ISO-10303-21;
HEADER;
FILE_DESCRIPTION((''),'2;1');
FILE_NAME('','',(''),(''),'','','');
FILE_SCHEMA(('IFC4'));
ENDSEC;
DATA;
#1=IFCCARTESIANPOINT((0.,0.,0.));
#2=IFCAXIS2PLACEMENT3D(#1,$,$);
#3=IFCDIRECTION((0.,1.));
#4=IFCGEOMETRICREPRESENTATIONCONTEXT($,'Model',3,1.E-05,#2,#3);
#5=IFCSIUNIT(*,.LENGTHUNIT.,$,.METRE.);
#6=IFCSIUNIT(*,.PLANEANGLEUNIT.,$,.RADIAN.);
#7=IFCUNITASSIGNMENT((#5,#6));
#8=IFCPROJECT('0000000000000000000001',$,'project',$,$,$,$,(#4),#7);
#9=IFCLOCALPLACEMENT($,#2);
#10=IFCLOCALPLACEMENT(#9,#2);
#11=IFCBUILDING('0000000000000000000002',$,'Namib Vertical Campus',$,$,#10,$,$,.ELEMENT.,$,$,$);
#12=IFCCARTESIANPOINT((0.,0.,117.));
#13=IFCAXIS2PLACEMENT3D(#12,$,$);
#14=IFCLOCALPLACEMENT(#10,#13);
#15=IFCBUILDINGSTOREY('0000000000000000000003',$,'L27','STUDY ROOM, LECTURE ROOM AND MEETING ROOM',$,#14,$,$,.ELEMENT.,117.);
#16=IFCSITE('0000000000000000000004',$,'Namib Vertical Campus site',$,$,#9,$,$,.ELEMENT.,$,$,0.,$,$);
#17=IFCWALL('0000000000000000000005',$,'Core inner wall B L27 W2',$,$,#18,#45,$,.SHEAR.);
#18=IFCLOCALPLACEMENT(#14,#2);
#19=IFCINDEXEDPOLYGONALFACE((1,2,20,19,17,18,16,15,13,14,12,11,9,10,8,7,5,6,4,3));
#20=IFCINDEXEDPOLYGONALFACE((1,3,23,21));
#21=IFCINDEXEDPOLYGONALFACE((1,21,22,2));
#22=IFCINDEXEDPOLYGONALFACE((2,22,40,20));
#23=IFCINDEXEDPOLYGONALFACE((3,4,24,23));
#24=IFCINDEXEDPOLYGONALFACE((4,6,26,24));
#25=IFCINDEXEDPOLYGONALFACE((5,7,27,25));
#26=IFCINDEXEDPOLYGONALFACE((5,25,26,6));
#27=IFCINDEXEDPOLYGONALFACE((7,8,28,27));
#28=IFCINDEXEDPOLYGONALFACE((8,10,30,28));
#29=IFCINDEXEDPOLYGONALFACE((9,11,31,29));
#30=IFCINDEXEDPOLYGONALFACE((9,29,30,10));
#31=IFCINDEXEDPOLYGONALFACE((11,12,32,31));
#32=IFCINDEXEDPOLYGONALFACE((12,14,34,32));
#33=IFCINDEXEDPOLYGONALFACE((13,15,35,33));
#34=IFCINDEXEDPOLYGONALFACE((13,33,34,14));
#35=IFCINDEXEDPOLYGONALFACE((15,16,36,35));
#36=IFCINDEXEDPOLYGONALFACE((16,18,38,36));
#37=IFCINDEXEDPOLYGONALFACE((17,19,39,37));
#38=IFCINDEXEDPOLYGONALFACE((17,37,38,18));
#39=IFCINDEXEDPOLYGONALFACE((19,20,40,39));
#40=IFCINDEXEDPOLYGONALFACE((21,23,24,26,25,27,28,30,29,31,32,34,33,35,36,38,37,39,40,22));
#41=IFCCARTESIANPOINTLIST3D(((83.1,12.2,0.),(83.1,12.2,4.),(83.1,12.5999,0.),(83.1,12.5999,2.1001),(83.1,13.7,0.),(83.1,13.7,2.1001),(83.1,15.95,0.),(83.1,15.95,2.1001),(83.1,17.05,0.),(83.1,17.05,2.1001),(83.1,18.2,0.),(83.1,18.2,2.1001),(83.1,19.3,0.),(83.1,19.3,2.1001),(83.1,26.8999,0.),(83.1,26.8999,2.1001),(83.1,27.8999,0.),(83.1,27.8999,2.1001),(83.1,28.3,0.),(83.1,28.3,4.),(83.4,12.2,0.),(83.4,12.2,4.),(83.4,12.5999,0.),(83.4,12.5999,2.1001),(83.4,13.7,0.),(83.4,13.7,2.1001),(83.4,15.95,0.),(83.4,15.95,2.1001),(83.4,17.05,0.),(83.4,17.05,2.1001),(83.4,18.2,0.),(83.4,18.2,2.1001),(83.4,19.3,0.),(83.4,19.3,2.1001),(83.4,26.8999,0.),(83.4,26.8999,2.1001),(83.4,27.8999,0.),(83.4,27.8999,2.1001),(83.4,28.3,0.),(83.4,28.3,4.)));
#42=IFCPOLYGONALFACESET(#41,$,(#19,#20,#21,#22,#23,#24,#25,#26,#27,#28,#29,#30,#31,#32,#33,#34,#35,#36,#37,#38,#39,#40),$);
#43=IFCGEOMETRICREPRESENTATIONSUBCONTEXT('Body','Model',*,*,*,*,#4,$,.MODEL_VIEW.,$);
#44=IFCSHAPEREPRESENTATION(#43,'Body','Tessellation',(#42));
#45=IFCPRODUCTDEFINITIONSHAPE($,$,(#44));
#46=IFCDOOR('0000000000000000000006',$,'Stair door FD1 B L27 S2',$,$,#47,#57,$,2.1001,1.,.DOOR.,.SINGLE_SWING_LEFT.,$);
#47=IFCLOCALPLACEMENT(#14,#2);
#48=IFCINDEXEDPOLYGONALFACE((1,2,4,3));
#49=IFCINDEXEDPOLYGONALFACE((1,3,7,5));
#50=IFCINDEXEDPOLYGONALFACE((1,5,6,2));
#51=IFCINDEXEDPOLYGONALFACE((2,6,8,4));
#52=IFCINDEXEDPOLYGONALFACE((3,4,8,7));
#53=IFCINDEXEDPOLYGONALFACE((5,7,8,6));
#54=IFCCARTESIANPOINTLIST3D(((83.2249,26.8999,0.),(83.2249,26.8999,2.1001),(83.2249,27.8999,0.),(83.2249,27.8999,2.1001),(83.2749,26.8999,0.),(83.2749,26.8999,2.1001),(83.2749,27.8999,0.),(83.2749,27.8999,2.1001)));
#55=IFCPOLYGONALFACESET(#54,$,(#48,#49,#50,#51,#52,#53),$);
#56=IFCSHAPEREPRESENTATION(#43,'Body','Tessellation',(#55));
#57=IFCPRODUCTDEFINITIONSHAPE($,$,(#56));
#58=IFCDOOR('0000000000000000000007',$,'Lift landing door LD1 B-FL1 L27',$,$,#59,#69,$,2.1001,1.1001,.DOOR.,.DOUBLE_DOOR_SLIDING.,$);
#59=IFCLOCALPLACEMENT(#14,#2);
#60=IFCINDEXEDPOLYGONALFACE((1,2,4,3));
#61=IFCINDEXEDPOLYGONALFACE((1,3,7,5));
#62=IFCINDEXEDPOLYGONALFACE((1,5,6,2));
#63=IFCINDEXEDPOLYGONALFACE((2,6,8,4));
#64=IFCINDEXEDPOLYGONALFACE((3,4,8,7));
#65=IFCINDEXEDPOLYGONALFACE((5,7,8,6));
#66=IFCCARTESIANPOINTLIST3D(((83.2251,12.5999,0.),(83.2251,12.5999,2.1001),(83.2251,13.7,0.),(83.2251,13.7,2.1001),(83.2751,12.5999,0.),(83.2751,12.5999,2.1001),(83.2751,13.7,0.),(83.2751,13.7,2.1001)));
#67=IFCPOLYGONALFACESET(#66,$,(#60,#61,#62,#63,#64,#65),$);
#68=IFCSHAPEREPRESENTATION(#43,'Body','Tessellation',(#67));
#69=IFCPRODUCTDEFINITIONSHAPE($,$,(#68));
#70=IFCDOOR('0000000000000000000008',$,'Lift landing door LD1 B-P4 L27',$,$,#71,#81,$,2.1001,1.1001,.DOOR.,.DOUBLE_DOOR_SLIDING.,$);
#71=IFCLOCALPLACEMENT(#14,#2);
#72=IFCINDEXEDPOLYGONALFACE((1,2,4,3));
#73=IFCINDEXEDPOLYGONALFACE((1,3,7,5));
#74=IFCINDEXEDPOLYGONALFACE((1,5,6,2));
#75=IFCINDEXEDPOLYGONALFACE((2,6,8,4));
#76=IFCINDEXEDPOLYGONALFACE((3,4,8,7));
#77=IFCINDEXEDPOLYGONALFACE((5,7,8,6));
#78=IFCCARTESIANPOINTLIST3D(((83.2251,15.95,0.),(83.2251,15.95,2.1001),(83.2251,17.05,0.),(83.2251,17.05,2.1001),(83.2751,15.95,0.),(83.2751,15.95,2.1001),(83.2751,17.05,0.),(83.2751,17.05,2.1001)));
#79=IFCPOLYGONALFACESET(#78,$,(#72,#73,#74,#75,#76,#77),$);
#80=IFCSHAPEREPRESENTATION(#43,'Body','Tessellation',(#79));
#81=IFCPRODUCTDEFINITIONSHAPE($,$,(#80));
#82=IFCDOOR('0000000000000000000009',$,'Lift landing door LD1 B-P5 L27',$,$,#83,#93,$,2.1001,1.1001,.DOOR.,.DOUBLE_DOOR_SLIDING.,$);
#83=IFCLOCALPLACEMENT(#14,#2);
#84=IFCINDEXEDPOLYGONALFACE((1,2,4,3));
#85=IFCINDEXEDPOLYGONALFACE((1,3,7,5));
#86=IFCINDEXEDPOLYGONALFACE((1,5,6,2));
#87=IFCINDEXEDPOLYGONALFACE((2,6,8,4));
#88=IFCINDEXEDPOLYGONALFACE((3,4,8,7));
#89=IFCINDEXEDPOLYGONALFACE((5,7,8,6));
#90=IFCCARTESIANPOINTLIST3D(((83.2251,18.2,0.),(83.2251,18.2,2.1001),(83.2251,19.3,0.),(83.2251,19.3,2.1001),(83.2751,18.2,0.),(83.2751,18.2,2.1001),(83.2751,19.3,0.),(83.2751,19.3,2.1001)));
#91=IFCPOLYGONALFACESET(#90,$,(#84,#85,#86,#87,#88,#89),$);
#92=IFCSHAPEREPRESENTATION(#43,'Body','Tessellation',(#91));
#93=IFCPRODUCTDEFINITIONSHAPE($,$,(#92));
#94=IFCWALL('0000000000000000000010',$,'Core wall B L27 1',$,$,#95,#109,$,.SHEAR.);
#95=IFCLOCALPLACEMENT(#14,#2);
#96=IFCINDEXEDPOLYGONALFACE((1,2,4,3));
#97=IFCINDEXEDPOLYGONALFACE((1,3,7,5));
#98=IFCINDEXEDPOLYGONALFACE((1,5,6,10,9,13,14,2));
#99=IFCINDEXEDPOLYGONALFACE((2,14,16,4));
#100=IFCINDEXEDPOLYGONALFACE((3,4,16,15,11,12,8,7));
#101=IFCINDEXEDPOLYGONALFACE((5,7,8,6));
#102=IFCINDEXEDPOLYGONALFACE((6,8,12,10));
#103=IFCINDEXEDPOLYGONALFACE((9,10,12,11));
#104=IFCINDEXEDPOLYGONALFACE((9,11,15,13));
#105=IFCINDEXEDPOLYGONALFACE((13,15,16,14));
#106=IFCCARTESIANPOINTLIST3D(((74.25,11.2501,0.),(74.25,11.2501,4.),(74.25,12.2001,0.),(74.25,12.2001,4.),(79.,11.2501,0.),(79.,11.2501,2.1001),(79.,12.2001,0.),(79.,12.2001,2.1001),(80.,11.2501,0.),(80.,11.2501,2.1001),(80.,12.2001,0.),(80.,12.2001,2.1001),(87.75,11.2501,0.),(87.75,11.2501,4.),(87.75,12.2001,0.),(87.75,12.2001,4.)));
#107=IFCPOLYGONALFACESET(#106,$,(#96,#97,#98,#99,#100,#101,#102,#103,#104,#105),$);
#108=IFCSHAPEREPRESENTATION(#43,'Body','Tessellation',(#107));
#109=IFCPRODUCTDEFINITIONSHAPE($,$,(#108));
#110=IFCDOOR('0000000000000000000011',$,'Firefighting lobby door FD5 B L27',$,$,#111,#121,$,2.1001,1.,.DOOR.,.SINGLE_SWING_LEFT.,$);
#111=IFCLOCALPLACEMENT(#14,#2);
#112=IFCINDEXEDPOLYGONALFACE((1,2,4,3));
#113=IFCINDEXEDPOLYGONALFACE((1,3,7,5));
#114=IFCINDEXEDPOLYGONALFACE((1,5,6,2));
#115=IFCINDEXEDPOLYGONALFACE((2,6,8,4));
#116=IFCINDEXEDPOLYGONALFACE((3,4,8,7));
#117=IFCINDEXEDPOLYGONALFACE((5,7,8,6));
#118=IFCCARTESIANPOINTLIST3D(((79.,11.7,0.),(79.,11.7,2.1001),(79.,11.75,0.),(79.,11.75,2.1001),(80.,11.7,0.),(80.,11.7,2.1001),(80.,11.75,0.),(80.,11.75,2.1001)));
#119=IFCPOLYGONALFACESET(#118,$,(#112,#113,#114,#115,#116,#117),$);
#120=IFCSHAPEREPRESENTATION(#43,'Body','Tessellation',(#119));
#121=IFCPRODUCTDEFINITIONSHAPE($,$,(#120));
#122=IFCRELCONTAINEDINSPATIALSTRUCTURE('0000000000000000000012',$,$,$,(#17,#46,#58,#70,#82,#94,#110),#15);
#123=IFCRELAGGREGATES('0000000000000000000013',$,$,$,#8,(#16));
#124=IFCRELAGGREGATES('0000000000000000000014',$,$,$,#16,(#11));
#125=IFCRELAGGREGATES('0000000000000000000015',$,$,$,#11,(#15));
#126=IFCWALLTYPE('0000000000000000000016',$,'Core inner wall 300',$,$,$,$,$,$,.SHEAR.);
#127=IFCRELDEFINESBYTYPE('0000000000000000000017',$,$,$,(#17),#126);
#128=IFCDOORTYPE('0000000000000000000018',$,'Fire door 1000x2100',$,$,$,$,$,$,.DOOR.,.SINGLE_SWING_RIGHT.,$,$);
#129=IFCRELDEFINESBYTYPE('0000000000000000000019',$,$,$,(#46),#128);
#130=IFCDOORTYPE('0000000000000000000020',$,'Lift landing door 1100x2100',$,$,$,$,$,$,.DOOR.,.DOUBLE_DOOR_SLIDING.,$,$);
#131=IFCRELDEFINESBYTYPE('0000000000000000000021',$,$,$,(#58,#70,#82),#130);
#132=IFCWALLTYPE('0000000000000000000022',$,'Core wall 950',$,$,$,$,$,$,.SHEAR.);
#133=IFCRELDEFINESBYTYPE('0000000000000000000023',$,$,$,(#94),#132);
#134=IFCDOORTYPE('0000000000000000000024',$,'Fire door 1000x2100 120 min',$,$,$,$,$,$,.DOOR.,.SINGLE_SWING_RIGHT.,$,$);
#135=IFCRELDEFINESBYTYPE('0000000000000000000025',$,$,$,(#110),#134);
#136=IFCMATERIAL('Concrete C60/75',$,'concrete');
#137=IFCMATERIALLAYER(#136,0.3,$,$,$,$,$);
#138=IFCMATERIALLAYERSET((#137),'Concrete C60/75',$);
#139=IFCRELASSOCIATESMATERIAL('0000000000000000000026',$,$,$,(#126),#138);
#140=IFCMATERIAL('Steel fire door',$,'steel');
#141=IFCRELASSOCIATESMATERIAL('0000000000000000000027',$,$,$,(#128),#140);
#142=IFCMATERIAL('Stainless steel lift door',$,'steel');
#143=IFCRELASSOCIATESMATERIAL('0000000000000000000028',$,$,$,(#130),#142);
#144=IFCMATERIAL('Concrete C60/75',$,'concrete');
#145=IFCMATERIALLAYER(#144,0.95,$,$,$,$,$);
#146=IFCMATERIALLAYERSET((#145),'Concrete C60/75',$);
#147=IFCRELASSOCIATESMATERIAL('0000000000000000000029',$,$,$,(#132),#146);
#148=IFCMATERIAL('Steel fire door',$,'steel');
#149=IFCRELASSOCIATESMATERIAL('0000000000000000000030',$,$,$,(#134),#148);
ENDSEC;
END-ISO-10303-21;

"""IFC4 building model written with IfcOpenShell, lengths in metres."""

from ifc_helpers import new_model, si_unit, direction, frame, frame_2d, origin, place, context, subcontext, project, spatial, rectangle, extrude, material, layer, layer_set, type_object, element, fill, save


model = new_model("IFC4")

# Units and contexts
model_context = context("Model", 3, precision=1e-05, world=origin(), true_north=direction((0.0, 1.0)))
body_context = subcontext(model_context, "Body", "Model", "MODEL_VIEW")
ifc_project = project(units=[si_unit("LENGTHUNIT", "METRE"), si_unit("PLANEANGLEUNIT", "RADIAN")], contexts=[model_context])

# Site, building, storey
site_placement = place(None, origin())
site = spatial("IfcSite", under=ifc_project, at=site_placement, Name="Namib Vertical Campus site", CompositionType="ELEMENT", RefElevation=0.0)
building_placement = place(site_placement, origin())
building = spatial("IfcBuilding", under=site, at=building_placement, Name="Namib Vertical Campus", CompositionType="ELEMENT")
storey_placement = place(building_placement, frame((0.0, 0.0, 117.0)))
storey = spatial("IfcBuildingStorey", under=building, at=storey_placement, Name="L27", Description="STUDY ROOM, LECTURE ROOM AND MEETING ROOM", CompositionType="ELEMENT", Elevation=117.0)

# Wall, openings, doors
ifc_material_1 = material(Name="Concrete C60/75", Category="concrete")
ifc_layer_1 = layer(ifc_material_1, 0.3)
ifc_layer_set_1 = layer_set([ifc_layer_1], Name="Concrete C60/75")
wall_type_1 = type_object("IfcWallType", Name="Core inner wall 300", PredefinedType="SHEAR", material=ifc_layer_set_1)
ifc_material_2 = material(Name="Steel fire door", Category="steel")
door_type_1 = type_object("IfcDoorType", Name="Fire door 1000x2100", OperationType="SINGLE_SWING_RIGHT", PredefinedType="DOOR", material=ifc_material_2)
ifc_material_3 = material(Name="Stainless steel lift door", Category="steel")
door_type_2 = type_object("IfcDoorType", Name="Lift landing door 1100x2100", OperationType="DOUBLE_DOOR_SLIDING", PredefinedType="DOOR", material=ifc_material_3)
wall_1_placement = place(storey_placement, frame((83.25, 12.2, 0.0), z_axis=(0.0, 0.0, 1.0), x_axis=(0.0, 1.0, 0.0)))
wall_1 = element("IfcWall", 1, at=wall_1_placement, inside=storey, type_object=wall_type_1, Name="Core inner wall B L27 W2", PredefinedType="SHEAR", context=body_context, shape_type="SweptSolid", body=[
    extrude(rectangle(XDim=16.1001, YDim=0.3, at=frame_2d((8.05, 0.0))), origin(), (0.0, 0.0, 1.0), 4.0),
])
opening_1_placement = place(wall_1_placement, frame((14.7, 0.0, 0.0)))
opening_1 = element("IfcOpeningElement", 2, at=opening_1_placement, cuts=wall_1, PredefinedType="OPENING", context=body_context, shape_type="SweptSolid", body=[
    extrude(rectangle(XDim=1.0, YDim=2.1001, at=frame_2d((0.5, 1.05))), frame((0.0, 0.1599, 0.0), z_axis=(0.0, -1.0, 0.0), x_axis=(1.0, 0.0, 0.0)), (0.0, 0.0, 1.0), 0.3201),
])
opening_2_placement = place(wall_1_placement, frame((0.3999, 0.0, 0.0)))
opening_2 = element("IfcOpeningElement", 3, at=opening_2_placement, cuts=wall_1, PredefinedType="OPENING", context=body_context, shape_type="SweptSolid", body=[
    extrude(rectangle(XDim=1.1001, YDim=2.1001, at=frame_2d((0.55, 1.05))), frame((0.0, 0.1599, 0.0), z_axis=(0.0, -1.0, 0.0), x_axis=(1.0, 0.0, 0.0)), (0.0, 0.0, 1.0), 0.3201),
])
opening_3_placement = place(wall_1_placement, frame((3.75, 0.0, 0.0)))
opening_3 = element("IfcOpeningElement", 4, at=opening_3_placement, cuts=wall_1, PredefinedType="OPENING", context=body_context, shape_type="SweptSolid", body=[
    extrude(rectangle(XDim=1.1001, YDim=2.1001, at=frame_2d((0.55, 1.05))), frame((0.0, 0.1599, 0.0), z_axis=(0.0, -1.0, 0.0), x_axis=(1.0, 0.0, 0.0)), (0.0, 0.0, 1.0), 0.3201),
])
opening_4_placement = place(wall_1_placement, frame((6.0, 0.0, 0.0)))
opening_4 = element("IfcOpeningElement", 5, at=opening_4_placement, cuts=wall_1, PredefinedType="OPENING", context=body_context, shape_type="SweptSolid", body=[
    extrude(rectangle(XDim=1.1001, YDim=2.1001, at=frame_2d((0.55, 1.05))), frame((0.0, 0.1599, 0.0), z_axis=(0.0, -1.0, 0.0), x_axis=(1.0, 0.0, 0.0)), (0.0, 0.0, 1.0), 0.3201),
])
door_1_placement = place(opening_1_placement, frame((1.0, 0.0, 0.0), z_axis=(0.0, 0.0, 1.0), x_axis=(-1.0, 0.0, 0.0)))
door_1 = element("IfcDoor", 6, at=door_1_placement, inside=storey, type_object=door_type_1, Name="Stair door FD1 B L27 S2", OperationType="SINGLE_SWING_LEFT", OverallHeight=2.1001, OverallWidth=1.0, PredefinedType="DOOR", context=body_context, shape_type="SweptSolid", body=[
    extrude(rectangle(XDim=1.0, YDim=2.1001, at=frame_2d((0.5, 1.05))), frame((0.0, 0.0249, 0.0), z_axis=(0.0, -1.0, 0.0), x_axis=(1.0, 0.0, 0.0)), (0.0, 0.0, 1.0), 0.05),
])
fill(opening_1, door_1)
door_2_placement = place(opening_2_placement, origin())
door_2 = element("IfcDoor", 7, at=door_2_placement, inside=storey, type_object=door_type_2, Name="Lift landing door LD1 B-FL1 L27", OperationType="DOUBLE_DOOR_SLIDING", OverallHeight=2.1001, OverallWidth=1.1001, PredefinedType="DOOR", context=body_context, shape_type="SweptSolid", body=[
    extrude(rectangle(XDim=1.1001, YDim=2.1001, at=frame_2d((0.55, 1.05))), frame((0.0, 0.0249, 0.0), z_axis=(0.0, -1.0, 0.0), x_axis=(1.0, 0.0, 0.0)), (0.0, 0.0, 1.0), 0.05),
])
fill(opening_2, door_2)
door_3_placement = place(opening_3_placement, origin())
door_3 = element("IfcDoor", 8, at=door_3_placement, inside=storey, type_object=door_type_2, Name="Lift landing door LD1 B-P4 L27", OperationType="DOUBLE_DOOR_SLIDING", OverallHeight=2.1001, OverallWidth=1.1001, PredefinedType="DOOR", context=body_context, shape_type="SweptSolid", body=[
    extrude(rectangle(XDim=1.1001, YDim=2.1001, at=frame_2d((0.55, 1.05))), frame((0.0, 0.0249, 0.0), z_axis=(0.0, -1.0, 0.0), x_axis=(1.0, 0.0, 0.0)), (0.0, 0.0, 1.0), 0.05),
])
fill(opening_3, door_3)
door_4_placement = place(opening_4_placement, origin())
door_4 = element("IfcDoor", 9, at=door_4_placement, inside=storey, type_object=door_type_2, Name="Lift landing door LD1 B-P5 L27", OperationType="DOUBLE_DOOR_SLIDING", OverallHeight=2.1001, OverallWidth=1.1001, PredefinedType="DOOR", context=body_context, shape_type="SweptSolid", body=[
    extrude(rectangle(XDim=1.1001, YDim=2.1001, at=frame_2d((0.55, 1.05))), frame((0.0, 0.0249, 0.0), z_axis=(0.0, -1.0, 0.0), x_axis=(1.0, 0.0, 0.0)), (0.0, 0.0, 1.0), 0.05),
])
fill(opening_4, door_4)

# Wall, opening, door
ifc_material_4 = material(Name="Concrete C60/75", Category="concrete")
ifc_layer_2 = layer(ifc_material_4, 0.95)
ifc_layer_set_2 = layer_set([ifc_layer_2], Name="Concrete C60/75")
wall_type_2 = type_object("IfcWallType", Name="Core wall 950", PredefinedType="SHEAR", material=ifc_layer_set_2)
wall_2_placement = place(storey_placement, frame((74.25, 11.7251, 0.0), z_axis=(0.0, 0.0, 1.0), x_axis=(1.0, 0.0, 0.0)))
wall_2 = element("IfcWall", 10, at=wall_2_placement, inside=storey, type_object=wall_type_2, Name="Core wall B L27 1", PredefinedType="SHEAR", context=body_context, shape_type="SweptSolid", body=[
    extrude(rectangle(XDim=13.5, YDim=0.95, at=frame_2d((6.75, 0.0))), origin(), (0.0, 0.0, 1.0), 4.0),
])
opening_5_placement = place(wall_2_placement, frame((4.75, 0.0, 0.0)))
opening_5 = element("IfcOpeningElement", 11, at=opening_5_placement, cuts=wall_2, PredefinedType="OPENING", context=body_context, shape_type="SweptSolid", body=[
    extrude(rectangle(XDim=1.0, YDim=2.1001, at=frame_2d((0.5, 1.05))), frame((0.0, 0.4849, 0.0), z_axis=(0.0, -1.0, 0.0), x_axis=(1.0, 0.0, 0.0)), (0.0, 0.0, 1.0), 0.97),
])
ifc_material_5 = material(Name="Steel fire door", Category="steel")
door_type_3 = type_object("IfcDoorType", Name="Fire door 1000x2100 120 min", OperationType="SINGLE_SWING_RIGHT", PredefinedType="DOOR", material=ifc_material_5)
door_5_placement = place(opening_5_placement, origin())
door_5 = element("IfcDoor", 12, at=door_5_placement, inside=storey, type_object=door_type_3, Name="Firefighting lobby door FD5 B L27", OperationType="SINGLE_SWING_LEFT", OverallHeight=2.1001, OverallWidth=1.0, PredefinedType="DOOR", context=body_context, shape_type="SweptSolid", body=[
    extrude(rectangle(XDim=1.0, YDim=2.1001, at=frame_2d((0.5, 1.05))), frame((0.0, 0.0249, 0.0), z_axis=(0.0, -1.0, 0.0), x_axis=(1.0, 0.0, 0.0)), (0.0, 0.0, 1.0), 0.05),
])
fill(opening_5, door_5)

save(model, "model.ifc")
